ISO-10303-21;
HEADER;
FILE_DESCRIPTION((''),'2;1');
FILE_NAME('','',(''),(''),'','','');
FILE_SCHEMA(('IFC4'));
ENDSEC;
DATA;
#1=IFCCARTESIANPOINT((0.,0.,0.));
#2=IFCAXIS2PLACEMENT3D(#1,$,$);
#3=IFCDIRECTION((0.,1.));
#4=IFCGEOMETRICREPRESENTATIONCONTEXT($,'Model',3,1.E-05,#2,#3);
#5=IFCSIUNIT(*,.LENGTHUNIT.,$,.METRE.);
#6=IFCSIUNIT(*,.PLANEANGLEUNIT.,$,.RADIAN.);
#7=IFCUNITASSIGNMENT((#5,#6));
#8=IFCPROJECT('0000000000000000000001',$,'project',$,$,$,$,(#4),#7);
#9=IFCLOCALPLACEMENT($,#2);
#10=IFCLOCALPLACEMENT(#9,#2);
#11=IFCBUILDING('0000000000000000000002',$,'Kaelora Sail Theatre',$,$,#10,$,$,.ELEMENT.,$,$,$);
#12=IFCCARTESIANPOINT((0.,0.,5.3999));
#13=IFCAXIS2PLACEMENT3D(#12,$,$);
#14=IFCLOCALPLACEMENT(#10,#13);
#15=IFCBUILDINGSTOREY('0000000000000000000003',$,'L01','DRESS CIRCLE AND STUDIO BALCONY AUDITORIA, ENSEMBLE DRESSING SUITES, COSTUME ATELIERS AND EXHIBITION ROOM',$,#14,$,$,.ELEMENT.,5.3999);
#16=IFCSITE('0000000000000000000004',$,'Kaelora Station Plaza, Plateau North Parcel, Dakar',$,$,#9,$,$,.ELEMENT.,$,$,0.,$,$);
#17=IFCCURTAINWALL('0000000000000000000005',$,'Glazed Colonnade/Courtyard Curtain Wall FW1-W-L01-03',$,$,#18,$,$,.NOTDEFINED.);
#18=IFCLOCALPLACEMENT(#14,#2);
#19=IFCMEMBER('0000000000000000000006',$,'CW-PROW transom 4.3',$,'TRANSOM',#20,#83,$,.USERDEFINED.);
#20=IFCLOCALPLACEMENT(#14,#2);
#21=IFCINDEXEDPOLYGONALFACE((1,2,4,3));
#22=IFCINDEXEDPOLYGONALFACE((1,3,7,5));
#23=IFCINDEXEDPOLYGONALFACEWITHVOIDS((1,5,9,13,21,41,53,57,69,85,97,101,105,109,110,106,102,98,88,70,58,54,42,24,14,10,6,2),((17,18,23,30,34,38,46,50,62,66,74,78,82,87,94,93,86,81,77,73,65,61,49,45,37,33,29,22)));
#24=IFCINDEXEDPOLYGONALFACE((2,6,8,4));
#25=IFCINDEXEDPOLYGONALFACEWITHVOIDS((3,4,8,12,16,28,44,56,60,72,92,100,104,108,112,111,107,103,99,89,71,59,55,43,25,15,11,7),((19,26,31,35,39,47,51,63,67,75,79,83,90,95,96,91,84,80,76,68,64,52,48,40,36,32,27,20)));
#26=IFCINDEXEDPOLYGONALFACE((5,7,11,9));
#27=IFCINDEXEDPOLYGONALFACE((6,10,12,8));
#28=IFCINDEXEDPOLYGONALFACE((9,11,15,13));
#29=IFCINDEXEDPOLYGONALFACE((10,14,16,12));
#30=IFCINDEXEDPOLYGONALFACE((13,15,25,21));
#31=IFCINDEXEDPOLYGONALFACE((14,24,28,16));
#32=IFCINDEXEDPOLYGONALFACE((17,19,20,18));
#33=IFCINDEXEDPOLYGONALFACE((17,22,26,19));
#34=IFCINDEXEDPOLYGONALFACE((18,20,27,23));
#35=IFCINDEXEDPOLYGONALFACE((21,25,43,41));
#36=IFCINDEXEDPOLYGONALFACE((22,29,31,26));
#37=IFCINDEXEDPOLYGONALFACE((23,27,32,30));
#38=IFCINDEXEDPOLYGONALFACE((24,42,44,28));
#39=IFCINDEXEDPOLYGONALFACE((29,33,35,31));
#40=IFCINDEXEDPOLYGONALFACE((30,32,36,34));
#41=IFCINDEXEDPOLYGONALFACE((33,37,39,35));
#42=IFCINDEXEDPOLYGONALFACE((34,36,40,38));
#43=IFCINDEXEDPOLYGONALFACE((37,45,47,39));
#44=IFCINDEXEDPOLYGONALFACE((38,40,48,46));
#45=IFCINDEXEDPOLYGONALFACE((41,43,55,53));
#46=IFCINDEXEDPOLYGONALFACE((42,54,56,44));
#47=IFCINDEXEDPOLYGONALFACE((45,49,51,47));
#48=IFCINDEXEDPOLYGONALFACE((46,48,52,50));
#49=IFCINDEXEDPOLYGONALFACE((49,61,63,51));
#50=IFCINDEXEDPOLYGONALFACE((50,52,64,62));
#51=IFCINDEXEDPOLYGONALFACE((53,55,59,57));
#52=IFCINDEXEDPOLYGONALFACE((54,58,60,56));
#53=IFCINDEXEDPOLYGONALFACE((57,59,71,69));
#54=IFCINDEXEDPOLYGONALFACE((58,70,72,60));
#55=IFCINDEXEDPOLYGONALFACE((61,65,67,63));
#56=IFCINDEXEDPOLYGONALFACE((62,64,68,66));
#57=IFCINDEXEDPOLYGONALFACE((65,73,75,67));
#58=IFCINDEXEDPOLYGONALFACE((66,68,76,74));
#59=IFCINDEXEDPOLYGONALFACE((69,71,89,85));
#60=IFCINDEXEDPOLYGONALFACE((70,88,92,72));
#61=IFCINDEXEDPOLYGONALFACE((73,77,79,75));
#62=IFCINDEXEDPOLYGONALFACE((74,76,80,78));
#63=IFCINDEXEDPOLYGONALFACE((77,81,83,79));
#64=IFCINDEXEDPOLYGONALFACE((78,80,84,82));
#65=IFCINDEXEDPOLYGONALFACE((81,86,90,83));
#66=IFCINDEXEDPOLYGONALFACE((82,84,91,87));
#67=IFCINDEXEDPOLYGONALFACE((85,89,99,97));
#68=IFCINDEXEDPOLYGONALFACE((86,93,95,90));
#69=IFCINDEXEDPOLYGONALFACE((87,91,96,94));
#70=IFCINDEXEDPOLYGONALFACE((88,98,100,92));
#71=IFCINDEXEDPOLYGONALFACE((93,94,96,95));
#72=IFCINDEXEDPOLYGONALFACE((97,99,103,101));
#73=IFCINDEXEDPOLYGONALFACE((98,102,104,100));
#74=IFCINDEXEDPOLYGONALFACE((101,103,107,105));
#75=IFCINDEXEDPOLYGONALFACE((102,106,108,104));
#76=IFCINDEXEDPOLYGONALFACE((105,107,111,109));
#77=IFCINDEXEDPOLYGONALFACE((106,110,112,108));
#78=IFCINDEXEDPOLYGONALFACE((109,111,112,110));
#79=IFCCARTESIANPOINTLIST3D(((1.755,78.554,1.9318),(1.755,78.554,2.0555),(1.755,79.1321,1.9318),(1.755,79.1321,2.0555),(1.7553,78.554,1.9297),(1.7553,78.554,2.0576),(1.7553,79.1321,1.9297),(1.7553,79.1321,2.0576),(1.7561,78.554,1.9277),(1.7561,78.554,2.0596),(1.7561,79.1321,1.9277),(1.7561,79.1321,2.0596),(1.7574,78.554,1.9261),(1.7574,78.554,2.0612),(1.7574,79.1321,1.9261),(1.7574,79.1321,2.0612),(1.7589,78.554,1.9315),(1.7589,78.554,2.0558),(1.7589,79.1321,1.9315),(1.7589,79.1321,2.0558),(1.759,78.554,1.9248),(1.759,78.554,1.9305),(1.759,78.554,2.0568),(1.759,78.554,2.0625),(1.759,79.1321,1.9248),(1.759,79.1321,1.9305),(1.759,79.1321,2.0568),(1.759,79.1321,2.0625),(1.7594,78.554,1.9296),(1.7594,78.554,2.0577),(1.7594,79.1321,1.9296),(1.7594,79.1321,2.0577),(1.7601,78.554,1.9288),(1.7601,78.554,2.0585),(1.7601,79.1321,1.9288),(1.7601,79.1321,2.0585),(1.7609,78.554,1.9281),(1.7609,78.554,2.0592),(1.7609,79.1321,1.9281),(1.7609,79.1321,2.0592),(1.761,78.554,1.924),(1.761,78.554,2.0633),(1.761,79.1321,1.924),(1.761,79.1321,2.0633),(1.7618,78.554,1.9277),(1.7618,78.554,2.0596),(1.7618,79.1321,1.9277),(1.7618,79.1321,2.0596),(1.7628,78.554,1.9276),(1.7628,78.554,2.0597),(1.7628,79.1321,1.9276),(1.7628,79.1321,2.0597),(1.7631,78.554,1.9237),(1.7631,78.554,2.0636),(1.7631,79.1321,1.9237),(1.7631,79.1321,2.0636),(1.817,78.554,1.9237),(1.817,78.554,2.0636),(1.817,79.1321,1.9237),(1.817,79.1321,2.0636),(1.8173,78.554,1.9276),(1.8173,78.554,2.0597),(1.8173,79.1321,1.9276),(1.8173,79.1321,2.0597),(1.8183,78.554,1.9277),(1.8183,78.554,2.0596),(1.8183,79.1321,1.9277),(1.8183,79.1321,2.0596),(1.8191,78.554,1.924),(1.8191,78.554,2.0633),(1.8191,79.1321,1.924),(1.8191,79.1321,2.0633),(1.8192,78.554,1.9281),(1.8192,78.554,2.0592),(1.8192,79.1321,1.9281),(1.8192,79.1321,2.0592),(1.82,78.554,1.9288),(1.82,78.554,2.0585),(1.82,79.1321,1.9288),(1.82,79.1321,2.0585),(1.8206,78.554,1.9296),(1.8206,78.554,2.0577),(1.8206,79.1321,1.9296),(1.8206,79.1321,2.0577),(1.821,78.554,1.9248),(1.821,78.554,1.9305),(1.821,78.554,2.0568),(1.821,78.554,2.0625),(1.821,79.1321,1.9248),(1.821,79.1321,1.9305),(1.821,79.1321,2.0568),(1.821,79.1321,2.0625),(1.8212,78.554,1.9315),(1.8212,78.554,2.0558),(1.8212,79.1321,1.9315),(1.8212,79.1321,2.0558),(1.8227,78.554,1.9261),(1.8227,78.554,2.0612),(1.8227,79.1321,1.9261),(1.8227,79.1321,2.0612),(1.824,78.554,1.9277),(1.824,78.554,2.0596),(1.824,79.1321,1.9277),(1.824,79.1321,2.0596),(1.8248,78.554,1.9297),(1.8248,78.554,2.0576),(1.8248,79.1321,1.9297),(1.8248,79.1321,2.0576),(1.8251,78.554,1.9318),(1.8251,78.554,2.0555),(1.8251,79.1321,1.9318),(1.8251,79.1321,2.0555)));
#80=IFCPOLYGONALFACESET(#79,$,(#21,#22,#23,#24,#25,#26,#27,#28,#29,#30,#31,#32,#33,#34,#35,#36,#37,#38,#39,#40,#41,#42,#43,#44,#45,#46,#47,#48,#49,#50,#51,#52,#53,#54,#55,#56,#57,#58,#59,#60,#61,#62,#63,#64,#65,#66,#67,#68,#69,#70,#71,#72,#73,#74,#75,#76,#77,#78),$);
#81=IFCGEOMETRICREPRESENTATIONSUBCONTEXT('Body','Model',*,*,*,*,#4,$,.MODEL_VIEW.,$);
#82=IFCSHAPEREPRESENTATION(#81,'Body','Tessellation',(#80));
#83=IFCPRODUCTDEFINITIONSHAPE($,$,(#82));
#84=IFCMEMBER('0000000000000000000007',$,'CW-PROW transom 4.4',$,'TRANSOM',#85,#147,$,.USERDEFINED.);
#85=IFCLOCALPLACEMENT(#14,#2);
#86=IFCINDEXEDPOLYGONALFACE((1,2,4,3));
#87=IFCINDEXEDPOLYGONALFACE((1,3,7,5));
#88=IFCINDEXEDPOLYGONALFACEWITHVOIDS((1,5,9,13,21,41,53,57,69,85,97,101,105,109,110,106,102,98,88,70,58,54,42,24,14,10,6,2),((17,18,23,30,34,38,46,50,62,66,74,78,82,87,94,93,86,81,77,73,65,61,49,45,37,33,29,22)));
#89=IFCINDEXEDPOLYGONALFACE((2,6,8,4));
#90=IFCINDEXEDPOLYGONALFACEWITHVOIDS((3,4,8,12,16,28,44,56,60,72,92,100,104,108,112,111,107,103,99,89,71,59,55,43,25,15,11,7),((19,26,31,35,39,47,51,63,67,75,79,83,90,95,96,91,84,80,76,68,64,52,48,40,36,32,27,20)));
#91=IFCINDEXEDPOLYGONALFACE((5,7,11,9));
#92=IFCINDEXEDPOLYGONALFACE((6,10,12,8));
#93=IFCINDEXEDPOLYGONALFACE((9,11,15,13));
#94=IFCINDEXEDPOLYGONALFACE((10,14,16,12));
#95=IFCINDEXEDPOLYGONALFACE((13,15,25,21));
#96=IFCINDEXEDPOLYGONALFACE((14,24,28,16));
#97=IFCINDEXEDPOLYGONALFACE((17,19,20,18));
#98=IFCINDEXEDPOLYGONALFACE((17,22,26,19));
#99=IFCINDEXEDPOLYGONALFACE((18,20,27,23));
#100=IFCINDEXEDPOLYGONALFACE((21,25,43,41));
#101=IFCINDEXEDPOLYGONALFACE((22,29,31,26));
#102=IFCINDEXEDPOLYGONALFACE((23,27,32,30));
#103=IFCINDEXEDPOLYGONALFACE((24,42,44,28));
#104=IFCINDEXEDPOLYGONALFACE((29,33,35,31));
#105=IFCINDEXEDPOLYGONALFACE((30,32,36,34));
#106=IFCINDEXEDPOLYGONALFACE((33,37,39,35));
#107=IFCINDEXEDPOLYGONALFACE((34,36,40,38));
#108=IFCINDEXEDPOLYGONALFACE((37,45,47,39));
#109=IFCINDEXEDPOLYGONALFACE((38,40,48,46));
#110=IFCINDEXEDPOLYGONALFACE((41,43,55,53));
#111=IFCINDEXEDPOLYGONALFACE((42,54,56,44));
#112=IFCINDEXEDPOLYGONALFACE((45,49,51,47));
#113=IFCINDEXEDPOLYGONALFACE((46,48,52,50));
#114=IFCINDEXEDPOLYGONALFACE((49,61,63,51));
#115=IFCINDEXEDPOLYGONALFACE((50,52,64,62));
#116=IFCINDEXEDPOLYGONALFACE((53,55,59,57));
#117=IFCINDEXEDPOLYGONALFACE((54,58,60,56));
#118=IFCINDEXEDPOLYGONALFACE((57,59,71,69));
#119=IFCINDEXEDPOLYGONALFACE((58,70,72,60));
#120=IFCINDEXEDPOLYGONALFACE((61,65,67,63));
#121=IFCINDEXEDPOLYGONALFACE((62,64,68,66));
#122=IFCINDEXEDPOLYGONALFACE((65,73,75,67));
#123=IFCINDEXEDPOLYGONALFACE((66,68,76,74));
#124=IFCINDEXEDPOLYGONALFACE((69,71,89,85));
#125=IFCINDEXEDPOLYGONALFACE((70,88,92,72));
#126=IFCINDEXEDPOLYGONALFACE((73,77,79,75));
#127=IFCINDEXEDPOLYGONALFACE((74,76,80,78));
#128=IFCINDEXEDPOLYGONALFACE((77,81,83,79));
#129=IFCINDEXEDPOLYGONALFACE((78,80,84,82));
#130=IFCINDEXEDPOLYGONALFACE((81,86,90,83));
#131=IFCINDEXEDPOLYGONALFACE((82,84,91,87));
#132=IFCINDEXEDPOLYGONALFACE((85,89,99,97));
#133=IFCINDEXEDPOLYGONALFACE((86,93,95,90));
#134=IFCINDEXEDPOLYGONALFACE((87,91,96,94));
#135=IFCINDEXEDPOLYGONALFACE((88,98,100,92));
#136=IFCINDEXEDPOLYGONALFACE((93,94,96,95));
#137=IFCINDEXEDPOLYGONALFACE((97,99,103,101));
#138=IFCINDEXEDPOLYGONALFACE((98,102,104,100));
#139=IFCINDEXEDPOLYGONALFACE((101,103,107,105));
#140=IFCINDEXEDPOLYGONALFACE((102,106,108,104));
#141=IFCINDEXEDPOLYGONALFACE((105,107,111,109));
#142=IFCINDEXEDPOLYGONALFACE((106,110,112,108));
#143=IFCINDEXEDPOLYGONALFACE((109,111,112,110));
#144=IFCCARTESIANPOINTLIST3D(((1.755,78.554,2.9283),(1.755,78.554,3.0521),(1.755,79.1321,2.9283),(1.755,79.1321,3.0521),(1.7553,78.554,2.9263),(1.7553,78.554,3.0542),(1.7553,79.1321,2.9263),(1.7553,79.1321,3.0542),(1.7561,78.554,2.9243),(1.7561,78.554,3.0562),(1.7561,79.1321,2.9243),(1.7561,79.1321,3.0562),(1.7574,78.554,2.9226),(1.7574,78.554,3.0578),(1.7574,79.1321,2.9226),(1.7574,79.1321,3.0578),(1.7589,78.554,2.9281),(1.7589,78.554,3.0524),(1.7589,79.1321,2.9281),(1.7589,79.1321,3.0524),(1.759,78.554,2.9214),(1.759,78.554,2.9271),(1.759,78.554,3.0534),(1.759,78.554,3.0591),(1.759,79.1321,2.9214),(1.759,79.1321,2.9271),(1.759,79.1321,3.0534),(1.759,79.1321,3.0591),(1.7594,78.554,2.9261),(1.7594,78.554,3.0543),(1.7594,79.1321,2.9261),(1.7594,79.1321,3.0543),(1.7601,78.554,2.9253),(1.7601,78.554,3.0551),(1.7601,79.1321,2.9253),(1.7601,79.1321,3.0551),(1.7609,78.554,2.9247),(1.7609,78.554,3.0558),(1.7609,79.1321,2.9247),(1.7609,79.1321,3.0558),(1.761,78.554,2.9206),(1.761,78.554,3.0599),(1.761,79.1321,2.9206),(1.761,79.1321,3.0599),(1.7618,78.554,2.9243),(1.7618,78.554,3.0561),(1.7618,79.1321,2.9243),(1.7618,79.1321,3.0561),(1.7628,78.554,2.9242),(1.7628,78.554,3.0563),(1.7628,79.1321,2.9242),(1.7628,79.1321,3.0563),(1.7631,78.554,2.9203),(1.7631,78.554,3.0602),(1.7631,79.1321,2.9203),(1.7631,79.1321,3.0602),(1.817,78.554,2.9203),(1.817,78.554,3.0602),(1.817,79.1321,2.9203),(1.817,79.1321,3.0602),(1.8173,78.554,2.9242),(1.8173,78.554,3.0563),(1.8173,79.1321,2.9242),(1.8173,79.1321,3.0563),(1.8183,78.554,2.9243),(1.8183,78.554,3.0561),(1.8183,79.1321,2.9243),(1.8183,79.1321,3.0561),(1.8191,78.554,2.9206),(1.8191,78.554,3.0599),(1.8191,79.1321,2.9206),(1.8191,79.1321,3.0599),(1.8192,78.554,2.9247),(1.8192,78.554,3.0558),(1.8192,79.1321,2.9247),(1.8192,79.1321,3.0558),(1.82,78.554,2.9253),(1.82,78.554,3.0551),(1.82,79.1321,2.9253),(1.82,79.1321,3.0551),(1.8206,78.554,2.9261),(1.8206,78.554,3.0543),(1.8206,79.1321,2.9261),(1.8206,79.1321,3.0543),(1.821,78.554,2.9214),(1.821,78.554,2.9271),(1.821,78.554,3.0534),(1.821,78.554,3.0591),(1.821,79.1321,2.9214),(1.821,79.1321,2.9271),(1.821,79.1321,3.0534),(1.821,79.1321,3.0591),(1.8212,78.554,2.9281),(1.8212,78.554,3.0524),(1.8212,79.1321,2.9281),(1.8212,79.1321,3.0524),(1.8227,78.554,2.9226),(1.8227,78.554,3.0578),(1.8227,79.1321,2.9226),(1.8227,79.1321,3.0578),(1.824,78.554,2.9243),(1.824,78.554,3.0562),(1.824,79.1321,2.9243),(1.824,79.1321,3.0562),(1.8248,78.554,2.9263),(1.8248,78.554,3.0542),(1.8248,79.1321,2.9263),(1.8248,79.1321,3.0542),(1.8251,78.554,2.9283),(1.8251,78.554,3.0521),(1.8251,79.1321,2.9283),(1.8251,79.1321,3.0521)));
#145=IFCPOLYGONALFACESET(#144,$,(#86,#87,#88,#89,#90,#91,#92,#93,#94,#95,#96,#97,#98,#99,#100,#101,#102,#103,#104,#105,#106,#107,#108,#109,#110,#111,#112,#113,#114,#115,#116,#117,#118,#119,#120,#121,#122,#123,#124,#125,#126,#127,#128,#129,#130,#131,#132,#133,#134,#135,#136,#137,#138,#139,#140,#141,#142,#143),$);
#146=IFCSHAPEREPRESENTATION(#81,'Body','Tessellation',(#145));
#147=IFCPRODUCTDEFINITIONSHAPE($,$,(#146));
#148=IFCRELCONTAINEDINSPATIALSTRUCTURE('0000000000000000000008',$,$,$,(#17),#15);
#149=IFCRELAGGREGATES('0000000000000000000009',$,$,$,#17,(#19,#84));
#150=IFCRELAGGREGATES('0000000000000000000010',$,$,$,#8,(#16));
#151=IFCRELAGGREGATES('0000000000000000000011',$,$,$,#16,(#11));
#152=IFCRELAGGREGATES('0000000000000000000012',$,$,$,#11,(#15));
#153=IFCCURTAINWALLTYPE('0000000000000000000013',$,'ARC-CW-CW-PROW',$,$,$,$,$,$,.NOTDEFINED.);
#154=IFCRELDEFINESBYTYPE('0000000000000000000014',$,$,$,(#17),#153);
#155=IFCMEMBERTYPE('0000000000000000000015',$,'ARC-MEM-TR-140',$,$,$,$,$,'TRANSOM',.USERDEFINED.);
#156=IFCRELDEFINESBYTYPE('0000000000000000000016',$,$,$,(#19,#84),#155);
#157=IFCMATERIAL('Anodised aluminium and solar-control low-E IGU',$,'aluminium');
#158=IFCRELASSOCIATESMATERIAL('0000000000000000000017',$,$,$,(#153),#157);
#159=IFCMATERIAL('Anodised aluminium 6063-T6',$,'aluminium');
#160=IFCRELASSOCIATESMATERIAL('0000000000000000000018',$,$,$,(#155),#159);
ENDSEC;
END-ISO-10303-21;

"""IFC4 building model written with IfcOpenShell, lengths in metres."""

from ifc_helpers import new_model, si_unit, direction, frame, origin, origin_2d, place, context, subcontext, project, spatial, hollow_rectangle, extrude, material, material_profile, profile_set, type_object, element, aggregate, save


model = new_model("IFC4")

# Units and contexts
model_context = context("Model", 3, precision=1e-05, world=origin(), true_north=direction((0.0, 1.0)))
body_context = subcontext(model_context, "Body", "Model", "MODEL_VIEW")
ifc_project = project(units=[si_unit("LENGTHUNIT", "METRE"), si_unit("PLANEANGLEUNIT", "RADIAN")], contexts=[model_context])

# Site, building, storey
site_placement = place(None, origin())
site = spatial("IfcSite", under=ifc_project, at=site_placement, Name="Kaelora Station Plaza, Plateau North Parcel, Dakar", CompositionType="ELEMENT", RefElevation=0.0)
building_placement = place(site_placement, origin())
building = spatial("IfcBuilding", under=site, at=building_placement, Name="Kaelora Sail Theatre", CompositionType="ELEMENT")
storey_placement = place(building_placement, frame((0.0, 0.0, 5.3999)))
storey = spatial("IfcBuildingStorey", under=building, at=storey_placement, Name="L01", Description="DRESS CIRCLE AND STUDIO BALCONY AUDITORIA, ENSEMBLE DRESSING SUITES, COSTUME ATELIERS AND EXHIBITION ROOM", CompositionType="ELEMENT", Elevation=5.3999)

# Curtain wall, members
ifc_material_1 = material(Name="Anodised aluminium and solar-control low-E IGU", Category="aluminium")
curtain_wall_type = type_object("IfcCurtainWallType", Name="ARC-CW-CW-PROW", PredefinedType="NOTDEFINED", material=ifc_material_1)
curtain_wall_placement = place(storey_placement, origin())
curtain_wall = element("IfcCurtainWall", 1, at=curtain_wall_placement, inside=storey, type_object=curtain_wall_type, Name="Glazed Colonnade/Courtyard Curtain Wall FW1-W-L01-03", PredefinedType="NOTDEFINED")
ifc_material_2 = material(Name="Anodised aluminium 6063-T6", Category="aluminium")
ifc_material_profile_1 = material_profile(ifc_material_2, hollow_rectangle(XDim=0.0701, YDim=0.1399, WallThickness=0.0039, InnerFilletRadius=0.0039, OuterFilletRadius=0.0081, at=origin_2d()), Name="ALU-TRAN 70x140x4")
ifc_profile_set_1 = profile_set([ifc_material_profile_1], Name="Anodised aluminium 6063-T6")
member_type_1 = type_object("IfcMemberType", Name="ARC-MEM-TR-140", ElementType="TRANSOM", PredefinedType="USERDEFINED", material=ifc_profile_set_1)
member_1_placement = place(storey_placement, frame((1.79, 78.554, 1.9937), z_axis=(0.0, 1.0, 0.0), x_axis=(-1.0, 0.0, 0.0)))
member_1 = element("IfcMember", 2, at=member_1_placement, type_object=member_type_1, Name="CW-PROW transom 4.3", ObjectType="TRANSOM", PredefinedType="USERDEFINED", context=body_context, shape_type="SweptSolid", body=[
    extrude(hollow_rectangle(XDim=0.0701, YDim=0.1399, WallThickness=0.0039, InnerFilletRadius=0.0039, OuterFilletRadius=0.0081, at=origin_2d()), origin(), (0.0, 0.0, 1.0), 0.5781),
])
member_2_placement = place(storey_placement, frame((1.79, 78.554, 2.9902), z_axis=(0.0, 1.0, 0.0), x_axis=(-1.0, 0.0, 0.0)))
member_2 = element("IfcMember", 3, at=member_2_placement, type_object=member_type_1, Name="CW-PROW transom 4.4", ObjectType="TRANSOM", PredefinedType="USERDEFINED", context=body_context, shape_type="SweptSolid", body=[
    extrude(hollow_rectangle(XDim=0.0701, YDim=0.1399, WallThickness=0.0039, InnerFilletRadius=0.0039, OuterFilletRadius=0.0081, at=origin_2d()), origin(), (0.0, 0.0, 1.0), 0.5781),
])
aggregate(curtain_wall, [member_1, member_2])

save(model, "model.ifc")
